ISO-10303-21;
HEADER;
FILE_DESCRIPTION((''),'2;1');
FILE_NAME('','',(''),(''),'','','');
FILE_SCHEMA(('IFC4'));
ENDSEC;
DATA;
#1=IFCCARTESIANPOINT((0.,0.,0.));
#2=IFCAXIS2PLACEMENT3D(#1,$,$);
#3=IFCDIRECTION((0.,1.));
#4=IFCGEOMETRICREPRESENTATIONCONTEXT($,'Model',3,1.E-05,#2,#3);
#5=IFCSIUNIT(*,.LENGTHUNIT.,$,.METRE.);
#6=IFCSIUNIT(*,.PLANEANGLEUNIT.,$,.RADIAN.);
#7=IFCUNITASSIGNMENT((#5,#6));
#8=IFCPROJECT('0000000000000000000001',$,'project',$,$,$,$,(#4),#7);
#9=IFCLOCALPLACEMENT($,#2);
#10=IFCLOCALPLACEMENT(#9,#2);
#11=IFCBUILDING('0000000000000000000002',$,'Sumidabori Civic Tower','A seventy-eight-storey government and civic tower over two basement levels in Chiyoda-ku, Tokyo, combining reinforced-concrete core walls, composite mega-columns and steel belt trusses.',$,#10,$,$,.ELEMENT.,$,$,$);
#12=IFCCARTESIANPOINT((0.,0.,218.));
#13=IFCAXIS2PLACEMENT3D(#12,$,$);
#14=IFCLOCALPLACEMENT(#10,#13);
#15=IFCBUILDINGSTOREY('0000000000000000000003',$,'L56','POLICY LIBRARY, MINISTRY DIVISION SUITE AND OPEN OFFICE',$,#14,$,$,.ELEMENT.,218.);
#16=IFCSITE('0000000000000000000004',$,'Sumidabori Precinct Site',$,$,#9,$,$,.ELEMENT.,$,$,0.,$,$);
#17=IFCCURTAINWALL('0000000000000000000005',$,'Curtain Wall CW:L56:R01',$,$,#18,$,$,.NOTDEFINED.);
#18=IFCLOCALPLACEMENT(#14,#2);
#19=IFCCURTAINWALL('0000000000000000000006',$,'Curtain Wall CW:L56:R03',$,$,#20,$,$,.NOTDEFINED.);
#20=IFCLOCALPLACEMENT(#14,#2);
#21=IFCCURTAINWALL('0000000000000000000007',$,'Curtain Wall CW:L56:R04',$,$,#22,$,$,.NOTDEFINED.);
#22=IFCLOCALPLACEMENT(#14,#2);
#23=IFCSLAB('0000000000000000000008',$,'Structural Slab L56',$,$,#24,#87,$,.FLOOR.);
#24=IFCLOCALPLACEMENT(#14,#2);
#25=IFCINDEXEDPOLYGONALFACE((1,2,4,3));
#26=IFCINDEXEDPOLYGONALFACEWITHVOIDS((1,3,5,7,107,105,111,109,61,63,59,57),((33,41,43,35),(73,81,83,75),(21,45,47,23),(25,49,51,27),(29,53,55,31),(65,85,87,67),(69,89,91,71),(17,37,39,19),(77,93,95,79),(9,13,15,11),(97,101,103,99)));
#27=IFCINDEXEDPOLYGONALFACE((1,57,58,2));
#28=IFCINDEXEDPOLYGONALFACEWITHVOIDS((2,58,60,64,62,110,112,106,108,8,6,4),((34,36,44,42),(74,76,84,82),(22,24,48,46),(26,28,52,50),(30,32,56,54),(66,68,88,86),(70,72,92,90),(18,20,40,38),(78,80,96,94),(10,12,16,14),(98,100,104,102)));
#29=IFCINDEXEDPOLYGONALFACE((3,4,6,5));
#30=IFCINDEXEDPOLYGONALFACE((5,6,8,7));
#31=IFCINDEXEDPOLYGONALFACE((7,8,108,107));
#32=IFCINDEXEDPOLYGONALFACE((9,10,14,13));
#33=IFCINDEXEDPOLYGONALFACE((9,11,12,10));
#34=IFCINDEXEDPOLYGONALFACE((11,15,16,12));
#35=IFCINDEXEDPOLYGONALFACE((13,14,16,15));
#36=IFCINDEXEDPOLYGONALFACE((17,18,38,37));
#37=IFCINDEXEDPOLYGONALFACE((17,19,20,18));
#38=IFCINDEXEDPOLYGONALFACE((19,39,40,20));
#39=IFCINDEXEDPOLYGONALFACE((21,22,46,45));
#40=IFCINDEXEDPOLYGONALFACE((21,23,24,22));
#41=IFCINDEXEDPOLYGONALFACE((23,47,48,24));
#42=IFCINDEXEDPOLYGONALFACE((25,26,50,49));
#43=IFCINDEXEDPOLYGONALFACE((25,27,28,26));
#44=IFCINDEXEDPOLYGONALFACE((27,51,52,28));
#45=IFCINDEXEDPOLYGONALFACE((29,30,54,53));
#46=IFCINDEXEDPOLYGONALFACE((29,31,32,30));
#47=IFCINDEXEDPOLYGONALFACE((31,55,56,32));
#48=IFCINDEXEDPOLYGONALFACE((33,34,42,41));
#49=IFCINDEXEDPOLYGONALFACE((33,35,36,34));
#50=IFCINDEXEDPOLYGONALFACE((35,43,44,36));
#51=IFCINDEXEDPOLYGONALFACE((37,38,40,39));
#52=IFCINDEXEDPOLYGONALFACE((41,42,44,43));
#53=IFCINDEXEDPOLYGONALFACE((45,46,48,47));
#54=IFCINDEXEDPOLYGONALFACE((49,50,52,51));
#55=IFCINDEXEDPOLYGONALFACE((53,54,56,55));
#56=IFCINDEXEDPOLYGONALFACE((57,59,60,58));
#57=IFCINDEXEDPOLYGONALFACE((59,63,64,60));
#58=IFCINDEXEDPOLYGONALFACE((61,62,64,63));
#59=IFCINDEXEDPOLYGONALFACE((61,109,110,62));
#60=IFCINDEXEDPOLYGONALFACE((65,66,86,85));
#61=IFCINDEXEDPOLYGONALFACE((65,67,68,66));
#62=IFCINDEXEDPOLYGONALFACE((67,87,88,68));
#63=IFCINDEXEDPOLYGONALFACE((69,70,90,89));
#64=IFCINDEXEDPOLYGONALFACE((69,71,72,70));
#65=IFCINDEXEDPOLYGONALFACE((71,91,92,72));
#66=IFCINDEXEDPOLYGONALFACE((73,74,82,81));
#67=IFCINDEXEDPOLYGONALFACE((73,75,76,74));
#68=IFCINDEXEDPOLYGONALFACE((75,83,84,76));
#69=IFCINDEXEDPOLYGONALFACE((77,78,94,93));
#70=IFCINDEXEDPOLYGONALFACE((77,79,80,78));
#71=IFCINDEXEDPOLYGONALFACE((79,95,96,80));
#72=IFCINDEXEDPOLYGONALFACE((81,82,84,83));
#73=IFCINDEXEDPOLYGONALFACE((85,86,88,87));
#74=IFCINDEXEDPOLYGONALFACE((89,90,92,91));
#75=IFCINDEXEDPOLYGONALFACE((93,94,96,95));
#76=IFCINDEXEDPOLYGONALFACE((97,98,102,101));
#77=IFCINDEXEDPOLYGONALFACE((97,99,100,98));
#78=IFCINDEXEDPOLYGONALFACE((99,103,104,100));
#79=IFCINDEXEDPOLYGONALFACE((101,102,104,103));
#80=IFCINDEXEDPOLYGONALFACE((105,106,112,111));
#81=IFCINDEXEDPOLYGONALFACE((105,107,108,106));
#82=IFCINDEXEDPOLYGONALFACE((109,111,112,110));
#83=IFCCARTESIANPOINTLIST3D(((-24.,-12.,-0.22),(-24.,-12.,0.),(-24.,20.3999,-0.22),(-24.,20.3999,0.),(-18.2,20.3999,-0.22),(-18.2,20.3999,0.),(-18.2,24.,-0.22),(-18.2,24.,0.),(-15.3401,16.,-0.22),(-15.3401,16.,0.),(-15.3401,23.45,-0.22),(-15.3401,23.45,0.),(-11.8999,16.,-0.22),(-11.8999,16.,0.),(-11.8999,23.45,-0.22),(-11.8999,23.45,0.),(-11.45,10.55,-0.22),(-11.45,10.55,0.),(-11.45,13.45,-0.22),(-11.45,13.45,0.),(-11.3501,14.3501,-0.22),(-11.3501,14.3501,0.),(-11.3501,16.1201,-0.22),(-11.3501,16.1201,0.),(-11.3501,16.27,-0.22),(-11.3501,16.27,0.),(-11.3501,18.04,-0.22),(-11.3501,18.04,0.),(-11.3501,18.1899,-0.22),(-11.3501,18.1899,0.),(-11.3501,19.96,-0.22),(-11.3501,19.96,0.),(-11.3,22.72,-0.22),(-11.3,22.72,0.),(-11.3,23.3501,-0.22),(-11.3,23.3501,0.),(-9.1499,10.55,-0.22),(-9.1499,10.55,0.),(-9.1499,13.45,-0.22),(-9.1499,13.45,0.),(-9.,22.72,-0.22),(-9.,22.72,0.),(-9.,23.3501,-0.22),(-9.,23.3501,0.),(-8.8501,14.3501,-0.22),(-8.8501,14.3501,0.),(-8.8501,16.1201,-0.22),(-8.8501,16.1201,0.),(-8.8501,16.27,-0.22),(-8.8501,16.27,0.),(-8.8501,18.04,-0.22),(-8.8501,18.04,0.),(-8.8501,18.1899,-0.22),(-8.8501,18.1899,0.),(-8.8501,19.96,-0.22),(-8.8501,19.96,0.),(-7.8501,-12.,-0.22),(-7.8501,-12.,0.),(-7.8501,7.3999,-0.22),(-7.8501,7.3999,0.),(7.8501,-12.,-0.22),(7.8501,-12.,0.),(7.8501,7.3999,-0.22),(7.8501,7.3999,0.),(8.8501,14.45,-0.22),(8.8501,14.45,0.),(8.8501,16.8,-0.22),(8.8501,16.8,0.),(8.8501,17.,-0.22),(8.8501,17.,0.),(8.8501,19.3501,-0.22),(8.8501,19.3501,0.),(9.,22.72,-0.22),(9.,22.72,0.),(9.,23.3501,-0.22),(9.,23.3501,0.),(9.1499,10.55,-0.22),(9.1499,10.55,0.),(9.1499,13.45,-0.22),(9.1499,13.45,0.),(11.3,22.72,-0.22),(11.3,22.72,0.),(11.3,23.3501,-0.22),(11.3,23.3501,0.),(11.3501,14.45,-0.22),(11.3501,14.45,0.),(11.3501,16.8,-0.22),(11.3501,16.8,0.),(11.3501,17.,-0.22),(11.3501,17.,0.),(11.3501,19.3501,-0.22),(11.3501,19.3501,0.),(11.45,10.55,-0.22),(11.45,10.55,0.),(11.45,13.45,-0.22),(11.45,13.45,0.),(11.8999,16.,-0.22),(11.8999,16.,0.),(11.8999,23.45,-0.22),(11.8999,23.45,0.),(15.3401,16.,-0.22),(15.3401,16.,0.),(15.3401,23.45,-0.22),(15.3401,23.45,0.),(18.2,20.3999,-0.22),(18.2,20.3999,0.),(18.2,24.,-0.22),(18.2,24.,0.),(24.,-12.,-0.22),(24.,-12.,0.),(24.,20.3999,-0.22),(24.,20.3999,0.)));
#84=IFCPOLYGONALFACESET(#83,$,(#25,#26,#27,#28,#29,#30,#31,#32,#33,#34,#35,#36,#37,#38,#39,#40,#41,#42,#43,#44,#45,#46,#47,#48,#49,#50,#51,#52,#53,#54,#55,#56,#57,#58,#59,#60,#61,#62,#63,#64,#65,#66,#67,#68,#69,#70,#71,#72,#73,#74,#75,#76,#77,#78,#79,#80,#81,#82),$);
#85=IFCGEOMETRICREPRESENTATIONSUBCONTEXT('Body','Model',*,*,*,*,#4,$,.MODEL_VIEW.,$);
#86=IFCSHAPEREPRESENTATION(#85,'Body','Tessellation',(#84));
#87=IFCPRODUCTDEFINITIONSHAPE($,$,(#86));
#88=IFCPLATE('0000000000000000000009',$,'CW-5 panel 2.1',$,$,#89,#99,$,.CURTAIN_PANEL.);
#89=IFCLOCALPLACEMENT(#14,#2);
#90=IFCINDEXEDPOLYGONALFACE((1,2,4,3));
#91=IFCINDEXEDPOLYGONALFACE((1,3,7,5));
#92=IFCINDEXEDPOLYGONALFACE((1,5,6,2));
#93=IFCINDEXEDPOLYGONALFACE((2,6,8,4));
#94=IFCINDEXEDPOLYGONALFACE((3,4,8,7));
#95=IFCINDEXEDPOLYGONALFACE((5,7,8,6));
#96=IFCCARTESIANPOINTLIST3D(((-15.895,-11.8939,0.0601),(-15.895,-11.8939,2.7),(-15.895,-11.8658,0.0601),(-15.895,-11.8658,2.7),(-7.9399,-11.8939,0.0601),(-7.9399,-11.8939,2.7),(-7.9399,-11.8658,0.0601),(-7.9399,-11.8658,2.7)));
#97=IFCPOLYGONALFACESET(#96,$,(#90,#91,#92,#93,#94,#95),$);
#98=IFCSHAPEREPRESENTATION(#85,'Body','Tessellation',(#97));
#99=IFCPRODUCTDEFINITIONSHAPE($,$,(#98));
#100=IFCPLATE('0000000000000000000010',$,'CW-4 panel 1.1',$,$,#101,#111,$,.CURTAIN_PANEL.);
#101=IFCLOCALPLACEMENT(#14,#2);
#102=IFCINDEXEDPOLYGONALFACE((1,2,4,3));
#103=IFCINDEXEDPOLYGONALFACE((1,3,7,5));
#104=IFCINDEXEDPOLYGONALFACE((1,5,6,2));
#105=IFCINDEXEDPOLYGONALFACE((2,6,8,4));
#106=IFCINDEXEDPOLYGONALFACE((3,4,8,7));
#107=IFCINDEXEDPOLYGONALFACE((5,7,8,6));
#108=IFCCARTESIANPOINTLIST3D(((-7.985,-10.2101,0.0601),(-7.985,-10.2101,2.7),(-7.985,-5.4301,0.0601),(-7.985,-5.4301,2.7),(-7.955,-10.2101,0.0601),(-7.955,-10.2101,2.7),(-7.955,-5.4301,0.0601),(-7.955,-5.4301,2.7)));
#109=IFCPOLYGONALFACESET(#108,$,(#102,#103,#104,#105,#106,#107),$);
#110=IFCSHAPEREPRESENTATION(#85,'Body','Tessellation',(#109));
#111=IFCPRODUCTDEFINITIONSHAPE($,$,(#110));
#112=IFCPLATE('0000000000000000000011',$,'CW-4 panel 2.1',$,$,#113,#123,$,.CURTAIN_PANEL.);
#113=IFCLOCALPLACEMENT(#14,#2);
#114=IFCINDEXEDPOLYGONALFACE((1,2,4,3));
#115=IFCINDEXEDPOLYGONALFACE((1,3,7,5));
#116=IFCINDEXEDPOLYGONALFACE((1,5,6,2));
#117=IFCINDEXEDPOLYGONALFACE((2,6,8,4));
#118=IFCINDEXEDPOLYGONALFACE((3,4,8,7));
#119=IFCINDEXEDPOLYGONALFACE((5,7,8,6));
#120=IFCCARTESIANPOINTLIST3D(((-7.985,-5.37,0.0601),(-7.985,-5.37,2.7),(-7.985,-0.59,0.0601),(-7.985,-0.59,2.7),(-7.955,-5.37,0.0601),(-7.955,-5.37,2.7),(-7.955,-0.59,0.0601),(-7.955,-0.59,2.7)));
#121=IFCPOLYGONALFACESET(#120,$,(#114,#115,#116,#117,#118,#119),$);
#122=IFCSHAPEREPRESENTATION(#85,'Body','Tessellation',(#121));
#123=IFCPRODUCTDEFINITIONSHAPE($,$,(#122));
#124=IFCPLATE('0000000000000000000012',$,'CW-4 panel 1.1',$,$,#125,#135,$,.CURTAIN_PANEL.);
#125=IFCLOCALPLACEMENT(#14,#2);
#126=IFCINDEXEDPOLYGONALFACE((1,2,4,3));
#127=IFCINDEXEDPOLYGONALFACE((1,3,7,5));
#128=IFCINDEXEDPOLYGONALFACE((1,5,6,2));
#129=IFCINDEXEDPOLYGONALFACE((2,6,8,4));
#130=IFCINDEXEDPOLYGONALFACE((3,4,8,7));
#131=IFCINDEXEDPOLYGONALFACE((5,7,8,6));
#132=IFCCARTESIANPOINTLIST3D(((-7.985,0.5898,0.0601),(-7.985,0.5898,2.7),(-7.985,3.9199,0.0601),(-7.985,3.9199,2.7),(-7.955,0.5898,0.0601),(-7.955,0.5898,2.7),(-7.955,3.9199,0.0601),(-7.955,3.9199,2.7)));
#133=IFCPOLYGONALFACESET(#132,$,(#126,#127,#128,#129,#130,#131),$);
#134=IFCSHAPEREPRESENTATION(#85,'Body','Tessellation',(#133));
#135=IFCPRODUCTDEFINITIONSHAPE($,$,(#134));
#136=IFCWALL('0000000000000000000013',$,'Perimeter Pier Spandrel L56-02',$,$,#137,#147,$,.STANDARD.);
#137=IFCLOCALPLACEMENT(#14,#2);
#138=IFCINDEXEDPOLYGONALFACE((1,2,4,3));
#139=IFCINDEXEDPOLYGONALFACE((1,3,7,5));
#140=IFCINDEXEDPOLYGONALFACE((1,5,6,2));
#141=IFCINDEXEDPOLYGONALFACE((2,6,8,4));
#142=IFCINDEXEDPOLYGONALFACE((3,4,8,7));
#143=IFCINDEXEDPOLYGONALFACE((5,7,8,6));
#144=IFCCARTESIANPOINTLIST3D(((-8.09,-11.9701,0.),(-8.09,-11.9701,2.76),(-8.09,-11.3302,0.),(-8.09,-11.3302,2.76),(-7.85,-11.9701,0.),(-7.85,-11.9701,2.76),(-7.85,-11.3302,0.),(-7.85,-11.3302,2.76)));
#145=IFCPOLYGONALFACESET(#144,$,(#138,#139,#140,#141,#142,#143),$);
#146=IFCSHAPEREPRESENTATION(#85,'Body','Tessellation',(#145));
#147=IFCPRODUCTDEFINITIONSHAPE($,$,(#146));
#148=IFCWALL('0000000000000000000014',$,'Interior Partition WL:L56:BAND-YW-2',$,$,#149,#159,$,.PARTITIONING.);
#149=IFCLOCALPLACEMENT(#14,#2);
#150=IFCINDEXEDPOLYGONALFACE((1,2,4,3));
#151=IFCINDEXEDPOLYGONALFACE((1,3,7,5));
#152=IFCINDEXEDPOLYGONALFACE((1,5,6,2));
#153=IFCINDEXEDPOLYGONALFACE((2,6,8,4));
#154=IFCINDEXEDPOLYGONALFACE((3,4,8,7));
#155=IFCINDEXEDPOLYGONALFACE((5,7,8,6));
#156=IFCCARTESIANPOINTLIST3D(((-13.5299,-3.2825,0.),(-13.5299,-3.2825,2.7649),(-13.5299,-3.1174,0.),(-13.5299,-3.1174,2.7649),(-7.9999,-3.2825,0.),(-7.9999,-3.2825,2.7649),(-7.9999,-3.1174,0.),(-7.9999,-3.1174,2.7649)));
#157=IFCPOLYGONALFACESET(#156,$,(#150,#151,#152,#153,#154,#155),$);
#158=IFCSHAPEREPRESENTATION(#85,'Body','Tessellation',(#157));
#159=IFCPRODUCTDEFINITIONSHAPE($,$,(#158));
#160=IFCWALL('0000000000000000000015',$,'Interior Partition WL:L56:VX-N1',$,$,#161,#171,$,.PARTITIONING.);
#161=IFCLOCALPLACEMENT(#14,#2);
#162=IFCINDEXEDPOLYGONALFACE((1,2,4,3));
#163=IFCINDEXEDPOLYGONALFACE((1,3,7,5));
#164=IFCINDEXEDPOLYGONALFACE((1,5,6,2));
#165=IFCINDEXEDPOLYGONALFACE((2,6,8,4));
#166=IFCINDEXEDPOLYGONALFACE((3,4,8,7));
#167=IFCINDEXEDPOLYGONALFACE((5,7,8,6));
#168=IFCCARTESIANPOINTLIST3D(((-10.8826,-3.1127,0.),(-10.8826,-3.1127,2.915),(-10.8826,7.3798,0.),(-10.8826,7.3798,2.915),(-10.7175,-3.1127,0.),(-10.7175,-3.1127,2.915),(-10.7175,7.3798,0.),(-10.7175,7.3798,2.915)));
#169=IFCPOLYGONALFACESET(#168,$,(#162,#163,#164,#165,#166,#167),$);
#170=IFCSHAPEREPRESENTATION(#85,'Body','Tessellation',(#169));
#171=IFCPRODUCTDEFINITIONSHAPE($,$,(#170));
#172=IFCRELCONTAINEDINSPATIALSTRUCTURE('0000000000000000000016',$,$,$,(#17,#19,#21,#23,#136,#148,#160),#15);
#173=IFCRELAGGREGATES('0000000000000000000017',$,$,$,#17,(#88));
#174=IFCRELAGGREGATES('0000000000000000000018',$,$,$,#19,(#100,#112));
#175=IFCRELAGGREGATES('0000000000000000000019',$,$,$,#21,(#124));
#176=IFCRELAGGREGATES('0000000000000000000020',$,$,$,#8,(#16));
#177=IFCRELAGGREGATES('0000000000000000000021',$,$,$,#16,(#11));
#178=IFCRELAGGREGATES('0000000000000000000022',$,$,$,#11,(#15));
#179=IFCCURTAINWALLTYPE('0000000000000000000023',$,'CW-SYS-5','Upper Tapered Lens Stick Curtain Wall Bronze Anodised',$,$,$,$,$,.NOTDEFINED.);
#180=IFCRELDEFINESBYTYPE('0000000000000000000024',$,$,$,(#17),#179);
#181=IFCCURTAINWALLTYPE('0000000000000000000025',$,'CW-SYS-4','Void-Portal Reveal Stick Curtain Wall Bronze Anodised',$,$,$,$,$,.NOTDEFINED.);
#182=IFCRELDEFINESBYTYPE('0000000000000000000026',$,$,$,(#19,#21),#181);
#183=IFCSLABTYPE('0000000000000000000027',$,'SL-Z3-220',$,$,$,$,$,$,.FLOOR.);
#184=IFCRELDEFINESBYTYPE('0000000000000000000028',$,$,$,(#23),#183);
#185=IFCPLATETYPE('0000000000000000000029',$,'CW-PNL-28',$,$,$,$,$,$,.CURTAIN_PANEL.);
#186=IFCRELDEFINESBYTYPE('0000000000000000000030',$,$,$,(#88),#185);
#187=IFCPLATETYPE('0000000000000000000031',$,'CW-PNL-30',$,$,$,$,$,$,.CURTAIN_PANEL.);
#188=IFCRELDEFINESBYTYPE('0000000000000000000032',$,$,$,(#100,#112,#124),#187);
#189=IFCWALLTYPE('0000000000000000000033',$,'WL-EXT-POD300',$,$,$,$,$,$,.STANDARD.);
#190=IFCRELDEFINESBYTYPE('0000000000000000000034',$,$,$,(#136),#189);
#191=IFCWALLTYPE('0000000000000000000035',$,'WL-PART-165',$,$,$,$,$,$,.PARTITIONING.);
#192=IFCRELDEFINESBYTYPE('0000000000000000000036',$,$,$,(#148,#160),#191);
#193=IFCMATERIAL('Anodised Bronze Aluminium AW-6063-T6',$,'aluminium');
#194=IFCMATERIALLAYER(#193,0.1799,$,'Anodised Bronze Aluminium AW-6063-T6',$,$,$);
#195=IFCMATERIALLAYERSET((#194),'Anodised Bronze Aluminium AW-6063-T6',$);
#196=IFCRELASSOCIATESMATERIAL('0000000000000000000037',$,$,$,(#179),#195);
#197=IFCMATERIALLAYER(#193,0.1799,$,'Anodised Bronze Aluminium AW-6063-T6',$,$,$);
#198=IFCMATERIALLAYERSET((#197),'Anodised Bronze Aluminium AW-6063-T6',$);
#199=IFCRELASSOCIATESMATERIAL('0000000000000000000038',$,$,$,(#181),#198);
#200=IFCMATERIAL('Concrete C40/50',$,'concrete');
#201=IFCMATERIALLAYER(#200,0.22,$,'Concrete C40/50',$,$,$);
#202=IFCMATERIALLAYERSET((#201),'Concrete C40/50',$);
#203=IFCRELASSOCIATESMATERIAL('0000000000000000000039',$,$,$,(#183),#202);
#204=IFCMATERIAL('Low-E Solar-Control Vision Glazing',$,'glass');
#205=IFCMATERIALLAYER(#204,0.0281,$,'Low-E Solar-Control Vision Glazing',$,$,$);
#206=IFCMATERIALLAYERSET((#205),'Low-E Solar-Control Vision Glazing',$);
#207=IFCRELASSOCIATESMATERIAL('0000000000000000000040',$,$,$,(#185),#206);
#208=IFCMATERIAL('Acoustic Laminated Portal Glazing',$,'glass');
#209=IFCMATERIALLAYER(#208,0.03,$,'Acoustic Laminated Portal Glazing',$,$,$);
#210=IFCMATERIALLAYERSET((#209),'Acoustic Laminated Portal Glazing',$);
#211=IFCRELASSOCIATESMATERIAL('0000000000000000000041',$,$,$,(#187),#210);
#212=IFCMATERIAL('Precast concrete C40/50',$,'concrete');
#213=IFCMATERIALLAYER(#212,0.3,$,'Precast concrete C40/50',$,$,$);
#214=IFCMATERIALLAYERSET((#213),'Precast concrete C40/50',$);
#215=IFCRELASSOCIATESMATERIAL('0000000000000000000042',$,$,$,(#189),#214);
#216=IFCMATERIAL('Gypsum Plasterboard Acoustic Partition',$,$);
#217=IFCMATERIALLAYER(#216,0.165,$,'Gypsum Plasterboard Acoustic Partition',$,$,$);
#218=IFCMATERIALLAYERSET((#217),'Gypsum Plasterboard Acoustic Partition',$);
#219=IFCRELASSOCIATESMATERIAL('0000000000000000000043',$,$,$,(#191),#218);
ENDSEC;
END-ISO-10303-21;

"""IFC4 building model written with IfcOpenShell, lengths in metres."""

from ifc_helpers import new_model, si_unit, direction, frame, frame_2d, origin, origin_2d, place, context, subcontext, project, spatial, polyline, rectangle, outline, extrude, source, transform, mapped, material, layer, layer_set, type_object, element, aggregate, save


model = new_model("IFC4")

# Units and contexts
model_context = context("Model", 3, precision=1e-05, world=origin(), true_north=direction((0.0, 1.0)))
body_context = subcontext(model_context, "Body", "Model", "MODEL_VIEW")
ifc_project = project(units=[si_unit("LENGTHUNIT", "METRE"), si_unit("PLANEANGLEUNIT", "RADIAN")], contexts=[model_context])

# Site, building, storey
site_placement = place(None, origin())
site = spatial("IfcSite", under=ifc_project, at=site_placement, Name="Sumidabori Precinct Site", CompositionType="ELEMENT", RefElevation=0.0)
building_placement = place(site_placement, origin())
building = spatial("IfcBuilding", under=site, at=building_placement, Name="Sumidabori Civic Tower", Description="A seventy-eight-storey government and civic tower over two basement levels in Chiyoda-ku, Tokyo, combining reinforced-concrete core walls, composite mega-columns and steel belt trusses.", CompositionType="ELEMENT")
storey_placement = place(building_placement, frame((0.0, 0.0, 218.0)))
storey = spatial("IfcBuildingStorey", under=building, at=storey_placement, Name="L56", Description="POLICY LIBRARY, MINISTRY DIVISION SUITE AND OPEN OFFICE", CompositionType="ELEMENT", Elevation=218.0)

# Curtain wall
ifc_material_1 = material(Name="Anodised Bronze Aluminium AW-6063-T6", Category="aluminium")
ifc_layer_1 = layer(ifc_material_1, 0.1799, Name="Anodised Bronze Aluminium AW-6063-T6")
ifc_layer_set_1 = layer_set([ifc_layer_1], Name="Anodised Bronze Aluminium AW-6063-T6")
curtain_wall_type_1 = type_object("IfcCurtainWallType", Name="CW-SYS-5", Description="Upper Tapered Lens Stick Curtain Wall Bronze Anodised", PredefinedType="NOTDEFINED", material=ifc_layer_set_1)
curtain_wall_1_placement = place(storey_placement, origin())
curtain_wall_1 = element("IfcCurtainWall", 1, at=curtain_wall_1_placement, inside=storey, type_object=curtain_wall_type_1, Name="Curtain Wall CW:L56:R01", PredefinedType="NOTDEFINED")

# Curtain walls
ifc_layer_2 = layer(ifc_material_1, 0.1799, Name="Anodised Bronze Aluminium AW-6063-T6")
ifc_layer_set_2 = layer_set([ifc_layer_2], Name="Anodised Bronze Aluminium AW-6063-T6")
curtain_wall_type_2 = type_object("IfcCurtainWallType", Name="CW-SYS-4", Description="Void-Portal Reveal Stick Curtain Wall Bronze Anodised", PredefinedType="NOTDEFINED", material=ifc_layer_set_2)
curtain_wall_2_placement = place(storey_placement, origin())
curtain_wall_2 = element("IfcCurtainWall", 2, at=curtain_wall_2_placement, inside=storey, type_object=curtain_wall_type_2, Name="Curtain Wall CW:L56:R03", PredefinedType="NOTDEFINED")
curtain_wall_3_placement = place(storey_placement, origin())
curtain_wall_3 = element("IfcCurtainWall", 3, at=curtain_wall_3_placement, inside=storey, type_object=curtain_wall_type_2, Name="Curtain Wall CW:L56:R04", PredefinedType="NOTDEFINED")

# Shared definitions
ifc_material_2 = material(Name="Concrete C40/50", Category="concrete")

# Slab
ifc_layer_3 = layer(ifc_material_2, 0.22, Name="Concrete C40/50")
ifc_layer_set_3 = layer_set([ifc_layer_3], Name="Concrete C40/50")
slab_type_1 = type_object("IfcSlabType", Name="SL-Z3-220", PredefinedType="FLOOR", material=ifc_layer_set_3)
slab_1_placement = place(storey_placement, frame((0.0, 0.0, -0.22)))
element("IfcSlab", 4, at=slab_1_placement, inside=storey, type_object=slab_type_1, Name="Structural Slab L56", PredefinedType="FLOOR", context=body_context, shape_type="SweptSolid", body=[
    extrude(outline(polyline([(-24.0, -12.0), (-7.8501, -12.0), (-7.8501, 7.3999), (7.8501, 7.3999), (7.8501, -12.0), (24.0, -12.0), (24.0, 20.3999), (18.2, 20.3999), (18.2, 24.0), (-18.2, 24.0), (-18.2, 20.3999), (-24.0, 20.3999), (-24.0, -12.0)]), holes=[polyline([(-11.8999, 16.0), (-11.8999, 23.45), (-15.3401, 23.45), (-15.3401, 16.0), (-11.8999, 16.0)]), polyline([(15.3401, 16.0), (15.3401, 23.45), (11.8999, 23.45), (11.8999, 16.0), (15.3401, 16.0)]), polyline([(-11.45, 10.55), (-9.1499, 10.55), (-9.1499, 13.45), (-11.45, 13.45), (-11.45, 10.55)]), polyline([(9.1499, 10.55), (11.45, 10.55), (11.45, 13.45), (9.1499, 13.45), (9.1499, 10.55)]), polyline([(-11.3501, 14.3501), (-8.8501, 14.3501), (-8.8501, 16.1201), (-11.3501, 16.1201), (-11.3501, 14.3501)]), polyline([(-11.3501, 16.27), (-8.8501, 16.27), (-8.8501, 18.04), (-11.3501, 18.04), (-11.3501, 16.27)]), polyline([(-11.3501, 18.1899), (-8.8501, 18.1899), (-8.8501, 19.96), (-11.3501, 19.96), (-11.3501, 18.1899)]), polyline([(8.8501, 14.45), (11.3501, 14.45), (11.3501, 16.8), (8.8501, 16.8), (8.8501, 14.45)]), polyline([(8.8501, 17.0), (11.3501, 17.0), (11.3501, 19.3501), (8.8501, 19.3501), (8.8501, 17.0)]), polyline([(-11.3, 22.72), (-9.0, 22.72), (-9.0, 23.3501), (-11.3, 23.3501), (-11.3, 22.72)]), polyline([(9.0, 22.72), (11.3, 22.72), (11.3, 23.3501), (9.0, 23.3501), (9.0, 22.72)])]), origin(), (0.0, 0.0, 1.0), 0.22),
])

# Plates
ifc_material_3 = material(Name="Low-E Solar-Control Vision Glazing", Category="glass")
ifc_layer_4 = layer(ifc_material_3, 0.0281, Name="Low-E Solar-Control Vision Glazing")
ifc_layer_set_4 = layer_set([ifc_layer_4], Name="Low-E Solar-Control Vision Glazing")
plate_type_1 = type_object("IfcPlateType", Name="CW-PNL-28", PredefinedType="CURTAIN_PANEL", material=ifc_layer_set_4)
shared_shape_1 = source(origin(), body_context, "Body", "SweptSolid", [
    extrude(rectangle(XDim=7.9551, YDim=0.0281, at=origin_2d()), origin(), (0.0, 0.0, 1.0), 2.6399),
])
plate_1_placement = place(storey_placement, frame((-11.9175, -11.8799, 0.0601), z_axis=(0.0, 0.0, 1.0), x_axis=(1.0, 0.0, 0.0)))
plate_1 = element("IfcPlate", 5, at=plate_1_placement, type_object=plate_type_1, Name="CW-5 panel 2.1", PredefinedType="CURTAIN_PANEL", context=body_context, shape_type="MappedRepresentation", body=[
    mapped(shared_shape_1, transform((0.0, 0.0, 0.0), x_axis=(1.0, 0.0, 0.0), y_axis=(0.0, 1.0, 0.0), z_axis=(0.0, 0.0, 1.0), scale=1.0)),
])
aggregate(curtain_wall_1, [plate_1])
ifc_material_4 = material(Name="Acoustic Laminated Portal Glazing", Category="glass")
ifc_layer_5 = layer(ifc_material_4, 0.03, Name="Acoustic Laminated Portal Glazing")
ifc_layer_set_5 = layer_set([ifc_layer_5], Name="Acoustic Laminated Portal Glazing")
plate_type_2 = type_object("IfcPlateType", Name="CW-PNL-30", PredefinedType="CURTAIN_PANEL", material=ifc_layer_set_5)
shared_shape_2 = source(origin(), body_context, "Body", "SweptSolid", [
    extrude(rectangle(XDim=4.78, YDim=0.03, at=origin_2d()), origin(), (0.0, 0.0, 1.0), 2.6399),
])
plate_2_placement = place(storey_placement, frame((-7.97, -7.8201, 0.0601), z_axis=(0.0, 0.0, 1.0), x_axis=(0.0, 1.0, 0.0)))
plate_2 = element("IfcPlate", 6, at=plate_2_placement, type_object=plate_type_2, Name="CW-4 panel 1.1", PredefinedType="CURTAIN_PANEL", context=body_context, shape_type="MappedRepresentation", body=[
    mapped(shared_shape_2, transform((0.0, 0.0, 0.0), x_axis=(1.0, 0.0, 0.0), y_axis=(0.0, 1.0, 0.0), z_axis=(0.0, 0.0, 1.0), scale=1.0)),
])
plate_3_placement = place(storey_placement, frame((-7.97, -2.98, 0.0601), z_axis=(0.0, 0.0, 1.0), x_axis=(0.0, 1.0, 0.0)))
plate_3 = element("IfcPlate", 7, at=plate_3_placement, type_object=plate_type_2, Name="CW-4 panel 2.1", PredefinedType="CURTAIN_PANEL", context=body_context, shape_type="MappedRepresentation", body=[
    mapped(shared_shape_2, transform((0.0, 0.0, 0.0), x_axis=(1.0, 0.0, 0.0), y_axis=(0.0, 1.0, 0.0), z_axis=(0.0, 0.0, 1.0), scale=1.0)),
])
aggregate(curtain_wall_2, [plate_2, plate_3])
shared_shape_3 = source(origin(), body_context, "Body", "SweptSolid", [
    extrude(rectangle(XDim=3.3301, YDim=0.03, at=origin_2d()), origin(), (0.0, 0.0, 1.0), 2.6399),
])
plate_4_placement = place(storey_placement, frame((-7.97, 2.2549, 0.0601), z_axis=(0.0, 0.0, 1.0), x_axis=(0.0, 1.0, 0.0)))
plate_4 = element("IfcPlate", 8, at=plate_4_placement, type_object=plate_type_2, Name="CW-4 panel 1.1", PredefinedType="CURTAIN_PANEL", context=body_context, shape_type="MappedRepresentation", body=[
    mapped(shared_shape_3, transform((0.0, 0.0, 0.0), x_axis=(1.0, 0.0, 0.0), y_axis=(0.0, 1.0, 0.0), z_axis=(0.0, 0.0, 1.0), scale=1.0)),
])
aggregate(curtain_wall_3, [plate_4])

# Walls
ifc_material_5 = material(Name="Precast concrete C40/50", Category="concrete")
ifc_layer_6 = layer(ifc_material_5, 0.3, Name="Precast concrete C40/50")
ifc_layer_set_6 = layer_set([ifc_layer_6], Name="Precast concrete C40/50")
wall_type_1 = type_object("IfcWallType", Name="WL-EXT-POD300", PredefinedType="STANDARD", material=ifc_layer_set_6)
shared_shape_4 = source(origin(), body_context, "Body", "SweptSolid", [
    extrude(rectangle(XDim=0.6399, YDim=0.24, at=frame_2d((0.3198, 0.0))), origin(), (0.0, 0.0, 1.0), 2.76),
])
wall_1_placement = place(storey_placement, frame((-7.97, -11.97, 0.0), z_axis=(0.0, 0.0, 1.0), x_axis=(0.0, 1.0, 0.0)))
element("IfcWall", 9, at=wall_1_placement, inside=storey, type_object=wall_type_1, Name="Perimeter Pier Spandrel L56-02", PredefinedType="STANDARD", context=body_context, shape_type="MappedRepresentation", body=[
    mapped(shared_shape_4, transform((0.0, 0.0, 0.0), x_axis=(1.0, 0.0, 0.0), y_axis=(0.0, 1.0, 0.0), z_axis=(0.0, 0.0, 1.0), scale=1.0)),
])
ifc_material_6 = material(Name="Gypsum Plasterboard Acoustic Partition")
ifc_layer_7 = layer(ifc_material_6, 0.165, Name="Gypsum Plasterboard Acoustic Partition")
ifc_layer_set_7 = layer_set([ifc_layer_7], Name="Gypsum Plasterboard Acoustic Partition")
wall_type_2 = type_object("IfcWallType", Name="WL-PART-165", PredefinedType="PARTITIONING", material=ifc_layer_set_7)
shared_shape_5 = source(origin(), body_context, "Body", "SweptSolid", [
    extrude(rectangle(XDim=5.53, YDim=0.165, at=frame_2d((2.7651, 0.0))), origin(), (0.0, 0.0, 1.0), 2.7649),
])
wall_2_placement = place(storey_placement, frame((-13.53, -3.2, 0.0), z_axis=(0.0, 0.0, 1.0), x_axis=(1.0, 0.0, 0.0)))
element("IfcWall", 10, at=wall_2_placement, inside=storey, type_object=wall_type_2, Name="Interior Partition WL:L56:BAND-YW-2", PredefinedType="PARTITIONING", context=body_context, shape_type="MappedRepresentation", body=[
    mapped(shared_shape_5, transform((0.0, 0.0, 0.0), x_axis=(1.0, 0.0, 0.0), y_axis=(0.0, 1.0, 0.0), z_axis=(0.0, 0.0, 1.0), scale=1.0)),
])
shared_shape_6 = source(origin(), body_context, "Body", "SweptSolid", [
    extrude(rectangle(XDim=10.4924, YDim=0.165, at=frame_2d((5.2461, 0.0))), origin(), (0.0, 0.0, 1.0), 2.915),
])
wall_3_placement = place(storey_placement, frame((-10.8, -3.1125, 0.0), z_axis=(0.0, 0.0, 1.0), x_axis=(0.0, 1.0, 0.0)))
element("IfcWall", 11, at=wall_3_placement, inside=storey, type_object=wall_type_2, Name="Interior Partition WL:L56:VX-N1", PredefinedType="PARTITIONING", context=body_context, shape_type="MappedRepresentation", body=[
    mapped(shared_shape_6, transform((0.0, 0.0, 0.0), x_axis=(1.0, 0.0, 0.0), y_axis=(0.0, 1.0, 0.0), z_axis=(0.0, 0.0, 1.0), scale=1.0)),
])

save(model, "model.ifc")
